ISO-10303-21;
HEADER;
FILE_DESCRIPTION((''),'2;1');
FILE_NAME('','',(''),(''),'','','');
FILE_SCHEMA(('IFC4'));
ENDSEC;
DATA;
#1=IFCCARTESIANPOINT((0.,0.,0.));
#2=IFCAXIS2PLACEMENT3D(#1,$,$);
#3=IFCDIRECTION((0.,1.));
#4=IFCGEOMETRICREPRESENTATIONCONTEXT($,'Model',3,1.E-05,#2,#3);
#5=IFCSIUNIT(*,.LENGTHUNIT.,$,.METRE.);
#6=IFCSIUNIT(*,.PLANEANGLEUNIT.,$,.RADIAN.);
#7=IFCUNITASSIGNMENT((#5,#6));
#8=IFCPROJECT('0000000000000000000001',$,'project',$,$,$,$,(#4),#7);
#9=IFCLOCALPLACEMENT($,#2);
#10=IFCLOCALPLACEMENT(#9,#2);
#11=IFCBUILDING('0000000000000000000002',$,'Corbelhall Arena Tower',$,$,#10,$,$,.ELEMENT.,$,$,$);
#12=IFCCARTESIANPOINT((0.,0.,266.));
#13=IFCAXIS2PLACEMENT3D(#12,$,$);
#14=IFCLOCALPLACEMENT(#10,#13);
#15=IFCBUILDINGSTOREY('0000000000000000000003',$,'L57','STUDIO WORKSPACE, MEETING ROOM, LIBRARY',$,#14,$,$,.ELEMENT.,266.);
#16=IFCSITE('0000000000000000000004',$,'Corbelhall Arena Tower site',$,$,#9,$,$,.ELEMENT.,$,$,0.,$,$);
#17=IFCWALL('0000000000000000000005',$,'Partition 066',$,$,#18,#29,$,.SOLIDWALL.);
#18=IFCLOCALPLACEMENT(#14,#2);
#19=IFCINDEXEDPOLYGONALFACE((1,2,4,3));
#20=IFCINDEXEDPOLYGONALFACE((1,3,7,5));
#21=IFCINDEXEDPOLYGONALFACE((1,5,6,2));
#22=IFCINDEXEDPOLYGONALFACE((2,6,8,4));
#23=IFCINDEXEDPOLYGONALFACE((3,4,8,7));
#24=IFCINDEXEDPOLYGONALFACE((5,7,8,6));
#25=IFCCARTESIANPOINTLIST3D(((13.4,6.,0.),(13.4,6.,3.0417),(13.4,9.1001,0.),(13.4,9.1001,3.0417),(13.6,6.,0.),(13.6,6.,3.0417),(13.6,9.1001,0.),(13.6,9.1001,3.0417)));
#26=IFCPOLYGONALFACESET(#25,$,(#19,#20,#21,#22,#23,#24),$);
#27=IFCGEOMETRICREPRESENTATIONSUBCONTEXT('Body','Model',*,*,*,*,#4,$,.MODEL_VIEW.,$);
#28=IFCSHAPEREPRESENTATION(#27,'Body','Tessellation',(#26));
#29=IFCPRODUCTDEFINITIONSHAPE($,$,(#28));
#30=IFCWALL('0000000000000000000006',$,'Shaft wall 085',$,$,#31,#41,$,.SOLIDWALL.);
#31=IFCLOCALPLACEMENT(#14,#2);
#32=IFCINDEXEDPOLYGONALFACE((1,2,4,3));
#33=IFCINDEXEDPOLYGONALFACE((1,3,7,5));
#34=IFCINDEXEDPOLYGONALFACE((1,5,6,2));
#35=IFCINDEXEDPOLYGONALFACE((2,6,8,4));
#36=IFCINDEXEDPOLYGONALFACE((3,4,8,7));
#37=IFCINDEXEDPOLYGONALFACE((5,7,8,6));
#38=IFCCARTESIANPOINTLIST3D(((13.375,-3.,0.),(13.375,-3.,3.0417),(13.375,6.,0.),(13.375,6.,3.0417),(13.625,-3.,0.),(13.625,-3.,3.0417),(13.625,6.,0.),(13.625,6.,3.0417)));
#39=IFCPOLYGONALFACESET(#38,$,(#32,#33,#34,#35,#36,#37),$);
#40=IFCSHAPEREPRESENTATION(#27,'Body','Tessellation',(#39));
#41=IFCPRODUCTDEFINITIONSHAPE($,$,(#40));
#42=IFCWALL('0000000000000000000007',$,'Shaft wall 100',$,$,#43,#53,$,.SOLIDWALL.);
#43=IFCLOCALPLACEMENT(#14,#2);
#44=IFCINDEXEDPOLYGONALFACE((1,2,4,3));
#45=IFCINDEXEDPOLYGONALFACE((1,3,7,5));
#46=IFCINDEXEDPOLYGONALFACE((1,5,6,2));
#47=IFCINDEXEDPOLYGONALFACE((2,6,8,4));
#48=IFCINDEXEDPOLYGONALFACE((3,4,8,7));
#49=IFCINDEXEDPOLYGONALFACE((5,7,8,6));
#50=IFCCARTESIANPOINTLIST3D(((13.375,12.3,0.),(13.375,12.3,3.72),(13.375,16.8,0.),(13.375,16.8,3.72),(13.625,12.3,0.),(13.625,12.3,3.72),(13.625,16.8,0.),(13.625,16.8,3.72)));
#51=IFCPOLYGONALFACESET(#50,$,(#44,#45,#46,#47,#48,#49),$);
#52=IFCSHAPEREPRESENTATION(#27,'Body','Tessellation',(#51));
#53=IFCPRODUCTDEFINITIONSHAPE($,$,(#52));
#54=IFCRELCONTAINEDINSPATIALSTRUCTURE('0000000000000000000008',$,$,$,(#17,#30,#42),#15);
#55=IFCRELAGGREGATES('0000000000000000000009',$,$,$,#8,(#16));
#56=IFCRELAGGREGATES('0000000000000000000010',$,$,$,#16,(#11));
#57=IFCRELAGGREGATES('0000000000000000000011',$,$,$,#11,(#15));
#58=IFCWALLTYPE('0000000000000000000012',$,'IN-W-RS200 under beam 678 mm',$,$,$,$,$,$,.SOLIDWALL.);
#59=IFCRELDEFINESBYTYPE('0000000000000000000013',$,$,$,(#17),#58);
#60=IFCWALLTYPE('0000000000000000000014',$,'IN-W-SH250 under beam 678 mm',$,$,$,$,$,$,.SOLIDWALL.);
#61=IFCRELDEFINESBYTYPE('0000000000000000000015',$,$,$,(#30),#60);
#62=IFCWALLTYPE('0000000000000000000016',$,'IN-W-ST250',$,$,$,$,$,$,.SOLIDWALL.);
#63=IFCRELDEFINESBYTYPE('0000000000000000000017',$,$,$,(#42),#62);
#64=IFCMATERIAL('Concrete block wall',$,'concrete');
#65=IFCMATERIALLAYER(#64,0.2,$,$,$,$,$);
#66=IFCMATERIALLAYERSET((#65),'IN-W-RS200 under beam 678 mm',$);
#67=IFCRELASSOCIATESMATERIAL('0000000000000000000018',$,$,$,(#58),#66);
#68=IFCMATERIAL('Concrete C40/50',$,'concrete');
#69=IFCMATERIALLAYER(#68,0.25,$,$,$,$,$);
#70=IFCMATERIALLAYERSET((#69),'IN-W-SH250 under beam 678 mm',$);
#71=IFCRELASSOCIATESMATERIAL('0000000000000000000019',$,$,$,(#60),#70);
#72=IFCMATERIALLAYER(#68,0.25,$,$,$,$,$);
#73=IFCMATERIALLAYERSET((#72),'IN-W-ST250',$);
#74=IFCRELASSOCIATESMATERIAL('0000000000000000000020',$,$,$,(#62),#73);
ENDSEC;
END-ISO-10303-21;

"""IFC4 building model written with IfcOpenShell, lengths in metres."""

from ifc_helpers import new_model, si_unit, direction, frame, frame_2d, origin, place, context, subcontext, project, spatial, rectangle, extrude, material, layer, layer_set, type_object, element, save


model = new_model("IFC4")

# Units and contexts
model_context = context("Model", 3, precision=1e-05, world=origin(), true_north=direction((0.0, 1.0)))
body_context = subcontext(model_context, "Body", "Model", "MODEL_VIEW")
ifc_project = project(units=[si_unit("LENGTHUNIT", "METRE"), si_unit("PLANEANGLEUNIT", "RADIAN")], contexts=[model_context])

# Site, building, storey
site_placement = place(None, origin())
site = spatial("IfcSite", under=ifc_project, at=site_placement, Name="Corbelhall Arena Tower site", CompositionType="ELEMENT", RefElevation=0.0)
building_placement = place(site_placement, origin())
building = spatial("IfcBuilding", under=site, at=building_placement, Name="Corbelhall Arena Tower", CompositionType="ELEMENT")
storey_placement = place(building_placement, frame((0.0, 0.0, 266.0)))
storey = spatial("IfcBuildingStorey", under=building, at=storey_placement, Name="L57", Description="STUDIO WORKSPACE, MEETING ROOM, LIBRARY", CompositionType="ELEMENT", Elevation=266.0)

# Walls
ifc_material_1 = material(Name="Concrete block wall", Category="concrete")
ifc_layer_1 = layer(ifc_material_1, 0.2)
ifc_layer_set_1 = layer_set([ifc_layer_1], Name="IN-W-RS200 under beam 678 mm")
wall_type_1 = type_object("IfcWallType", Name="IN-W-RS200 under beam 678 mm", PredefinedType="SOLIDWALL", material=ifc_layer_set_1)
wall_1_placement = place(storey_placement, frame((13.5, 9.1001, 0.0), z_axis=(0.0, 0.0, 1.0), x_axis=(0.0, -1.0, 0.0)))
element("IfcWall", 1, at=wall_1_placement, inside=storey, type_object=wall_type_1, Name="Partition 066", PredefinedType="SOLIDWALL", context=body_context, shape_type="SweptSolid", body=[
    extrude(rectangle(XDim=3.1001, YDim=0.2, at=frame_2d((1.55, 0.0))), origin(), (0.0, 0.0, 1.0), 3.0417),
])
ifc_material_2 = material(Name="Concrete C40/50", Category="concrete")
ifc_layer_2 = layer(ifc_material_2, 0.25)
ifc_layer_set_2 = layer_set([ifc_layer_2], Name="IN-W-SH250 under beam 678 mm")
wall_type_2 = type_object("IfcWallType", Name="IN-W-SH250 under beam 678 mm", PredefinedType="SOLIDWALL", material=ifc_layer_set_2)
wall_2_placement = place(storey_placement, frame((13.5, 6.0, 0.0), z_axis=(0.0, 0.0, 1.0), x_axis=(0.0, -1.0, 0.0)))
element("IfcWall", 2, at=wall_2_placement, inside=storey, type_object=wall_type_2, Name="Shaft wall 085", PredefinedType="SOLIDWALL", context=body_context, shape_type="SweptSolid", body=[
    extrude(rectangle(XDim=9.0, YDim=0.25, at=frame_2d((4.5, 0.0))), origin(), (0.0, 0.0, 1.0), 3.0417),
])
ifc_layer_3 = layer(ifc_material_2, 0.25)
ifc_layer_set_3 = layer_set([ifc_layer_3], Name="IN-W-ST250")
wall_type_3 = type_object("IfcWallType", Name="IN-W-ST250", PredefinedType="SOLIDWALL", material=ifc_layer_set_3)
wall_3_placement = place(storey_placement, frame((13.5, 16.8, 0.0), z_axis=(0.0, 0.0, 1.0), x_axis=(0.0, -1.0, 0.0)))
element("IfcWall", 3, at=wall_3_placement, inside=storey, type_object=wall_type_3, Name="Shaft wall 100", PredefinedType="SOLIDWALL", context=body_context, shape_type="SweptSolid", body=[
    extrude(rectangle(XDim=4.5, YDim=0.25, at=frame_2d((2.25, 0.0))), origin(), (0.0, 0.0, 1.0), 3.72),
])

save(model, "model.ifc")
